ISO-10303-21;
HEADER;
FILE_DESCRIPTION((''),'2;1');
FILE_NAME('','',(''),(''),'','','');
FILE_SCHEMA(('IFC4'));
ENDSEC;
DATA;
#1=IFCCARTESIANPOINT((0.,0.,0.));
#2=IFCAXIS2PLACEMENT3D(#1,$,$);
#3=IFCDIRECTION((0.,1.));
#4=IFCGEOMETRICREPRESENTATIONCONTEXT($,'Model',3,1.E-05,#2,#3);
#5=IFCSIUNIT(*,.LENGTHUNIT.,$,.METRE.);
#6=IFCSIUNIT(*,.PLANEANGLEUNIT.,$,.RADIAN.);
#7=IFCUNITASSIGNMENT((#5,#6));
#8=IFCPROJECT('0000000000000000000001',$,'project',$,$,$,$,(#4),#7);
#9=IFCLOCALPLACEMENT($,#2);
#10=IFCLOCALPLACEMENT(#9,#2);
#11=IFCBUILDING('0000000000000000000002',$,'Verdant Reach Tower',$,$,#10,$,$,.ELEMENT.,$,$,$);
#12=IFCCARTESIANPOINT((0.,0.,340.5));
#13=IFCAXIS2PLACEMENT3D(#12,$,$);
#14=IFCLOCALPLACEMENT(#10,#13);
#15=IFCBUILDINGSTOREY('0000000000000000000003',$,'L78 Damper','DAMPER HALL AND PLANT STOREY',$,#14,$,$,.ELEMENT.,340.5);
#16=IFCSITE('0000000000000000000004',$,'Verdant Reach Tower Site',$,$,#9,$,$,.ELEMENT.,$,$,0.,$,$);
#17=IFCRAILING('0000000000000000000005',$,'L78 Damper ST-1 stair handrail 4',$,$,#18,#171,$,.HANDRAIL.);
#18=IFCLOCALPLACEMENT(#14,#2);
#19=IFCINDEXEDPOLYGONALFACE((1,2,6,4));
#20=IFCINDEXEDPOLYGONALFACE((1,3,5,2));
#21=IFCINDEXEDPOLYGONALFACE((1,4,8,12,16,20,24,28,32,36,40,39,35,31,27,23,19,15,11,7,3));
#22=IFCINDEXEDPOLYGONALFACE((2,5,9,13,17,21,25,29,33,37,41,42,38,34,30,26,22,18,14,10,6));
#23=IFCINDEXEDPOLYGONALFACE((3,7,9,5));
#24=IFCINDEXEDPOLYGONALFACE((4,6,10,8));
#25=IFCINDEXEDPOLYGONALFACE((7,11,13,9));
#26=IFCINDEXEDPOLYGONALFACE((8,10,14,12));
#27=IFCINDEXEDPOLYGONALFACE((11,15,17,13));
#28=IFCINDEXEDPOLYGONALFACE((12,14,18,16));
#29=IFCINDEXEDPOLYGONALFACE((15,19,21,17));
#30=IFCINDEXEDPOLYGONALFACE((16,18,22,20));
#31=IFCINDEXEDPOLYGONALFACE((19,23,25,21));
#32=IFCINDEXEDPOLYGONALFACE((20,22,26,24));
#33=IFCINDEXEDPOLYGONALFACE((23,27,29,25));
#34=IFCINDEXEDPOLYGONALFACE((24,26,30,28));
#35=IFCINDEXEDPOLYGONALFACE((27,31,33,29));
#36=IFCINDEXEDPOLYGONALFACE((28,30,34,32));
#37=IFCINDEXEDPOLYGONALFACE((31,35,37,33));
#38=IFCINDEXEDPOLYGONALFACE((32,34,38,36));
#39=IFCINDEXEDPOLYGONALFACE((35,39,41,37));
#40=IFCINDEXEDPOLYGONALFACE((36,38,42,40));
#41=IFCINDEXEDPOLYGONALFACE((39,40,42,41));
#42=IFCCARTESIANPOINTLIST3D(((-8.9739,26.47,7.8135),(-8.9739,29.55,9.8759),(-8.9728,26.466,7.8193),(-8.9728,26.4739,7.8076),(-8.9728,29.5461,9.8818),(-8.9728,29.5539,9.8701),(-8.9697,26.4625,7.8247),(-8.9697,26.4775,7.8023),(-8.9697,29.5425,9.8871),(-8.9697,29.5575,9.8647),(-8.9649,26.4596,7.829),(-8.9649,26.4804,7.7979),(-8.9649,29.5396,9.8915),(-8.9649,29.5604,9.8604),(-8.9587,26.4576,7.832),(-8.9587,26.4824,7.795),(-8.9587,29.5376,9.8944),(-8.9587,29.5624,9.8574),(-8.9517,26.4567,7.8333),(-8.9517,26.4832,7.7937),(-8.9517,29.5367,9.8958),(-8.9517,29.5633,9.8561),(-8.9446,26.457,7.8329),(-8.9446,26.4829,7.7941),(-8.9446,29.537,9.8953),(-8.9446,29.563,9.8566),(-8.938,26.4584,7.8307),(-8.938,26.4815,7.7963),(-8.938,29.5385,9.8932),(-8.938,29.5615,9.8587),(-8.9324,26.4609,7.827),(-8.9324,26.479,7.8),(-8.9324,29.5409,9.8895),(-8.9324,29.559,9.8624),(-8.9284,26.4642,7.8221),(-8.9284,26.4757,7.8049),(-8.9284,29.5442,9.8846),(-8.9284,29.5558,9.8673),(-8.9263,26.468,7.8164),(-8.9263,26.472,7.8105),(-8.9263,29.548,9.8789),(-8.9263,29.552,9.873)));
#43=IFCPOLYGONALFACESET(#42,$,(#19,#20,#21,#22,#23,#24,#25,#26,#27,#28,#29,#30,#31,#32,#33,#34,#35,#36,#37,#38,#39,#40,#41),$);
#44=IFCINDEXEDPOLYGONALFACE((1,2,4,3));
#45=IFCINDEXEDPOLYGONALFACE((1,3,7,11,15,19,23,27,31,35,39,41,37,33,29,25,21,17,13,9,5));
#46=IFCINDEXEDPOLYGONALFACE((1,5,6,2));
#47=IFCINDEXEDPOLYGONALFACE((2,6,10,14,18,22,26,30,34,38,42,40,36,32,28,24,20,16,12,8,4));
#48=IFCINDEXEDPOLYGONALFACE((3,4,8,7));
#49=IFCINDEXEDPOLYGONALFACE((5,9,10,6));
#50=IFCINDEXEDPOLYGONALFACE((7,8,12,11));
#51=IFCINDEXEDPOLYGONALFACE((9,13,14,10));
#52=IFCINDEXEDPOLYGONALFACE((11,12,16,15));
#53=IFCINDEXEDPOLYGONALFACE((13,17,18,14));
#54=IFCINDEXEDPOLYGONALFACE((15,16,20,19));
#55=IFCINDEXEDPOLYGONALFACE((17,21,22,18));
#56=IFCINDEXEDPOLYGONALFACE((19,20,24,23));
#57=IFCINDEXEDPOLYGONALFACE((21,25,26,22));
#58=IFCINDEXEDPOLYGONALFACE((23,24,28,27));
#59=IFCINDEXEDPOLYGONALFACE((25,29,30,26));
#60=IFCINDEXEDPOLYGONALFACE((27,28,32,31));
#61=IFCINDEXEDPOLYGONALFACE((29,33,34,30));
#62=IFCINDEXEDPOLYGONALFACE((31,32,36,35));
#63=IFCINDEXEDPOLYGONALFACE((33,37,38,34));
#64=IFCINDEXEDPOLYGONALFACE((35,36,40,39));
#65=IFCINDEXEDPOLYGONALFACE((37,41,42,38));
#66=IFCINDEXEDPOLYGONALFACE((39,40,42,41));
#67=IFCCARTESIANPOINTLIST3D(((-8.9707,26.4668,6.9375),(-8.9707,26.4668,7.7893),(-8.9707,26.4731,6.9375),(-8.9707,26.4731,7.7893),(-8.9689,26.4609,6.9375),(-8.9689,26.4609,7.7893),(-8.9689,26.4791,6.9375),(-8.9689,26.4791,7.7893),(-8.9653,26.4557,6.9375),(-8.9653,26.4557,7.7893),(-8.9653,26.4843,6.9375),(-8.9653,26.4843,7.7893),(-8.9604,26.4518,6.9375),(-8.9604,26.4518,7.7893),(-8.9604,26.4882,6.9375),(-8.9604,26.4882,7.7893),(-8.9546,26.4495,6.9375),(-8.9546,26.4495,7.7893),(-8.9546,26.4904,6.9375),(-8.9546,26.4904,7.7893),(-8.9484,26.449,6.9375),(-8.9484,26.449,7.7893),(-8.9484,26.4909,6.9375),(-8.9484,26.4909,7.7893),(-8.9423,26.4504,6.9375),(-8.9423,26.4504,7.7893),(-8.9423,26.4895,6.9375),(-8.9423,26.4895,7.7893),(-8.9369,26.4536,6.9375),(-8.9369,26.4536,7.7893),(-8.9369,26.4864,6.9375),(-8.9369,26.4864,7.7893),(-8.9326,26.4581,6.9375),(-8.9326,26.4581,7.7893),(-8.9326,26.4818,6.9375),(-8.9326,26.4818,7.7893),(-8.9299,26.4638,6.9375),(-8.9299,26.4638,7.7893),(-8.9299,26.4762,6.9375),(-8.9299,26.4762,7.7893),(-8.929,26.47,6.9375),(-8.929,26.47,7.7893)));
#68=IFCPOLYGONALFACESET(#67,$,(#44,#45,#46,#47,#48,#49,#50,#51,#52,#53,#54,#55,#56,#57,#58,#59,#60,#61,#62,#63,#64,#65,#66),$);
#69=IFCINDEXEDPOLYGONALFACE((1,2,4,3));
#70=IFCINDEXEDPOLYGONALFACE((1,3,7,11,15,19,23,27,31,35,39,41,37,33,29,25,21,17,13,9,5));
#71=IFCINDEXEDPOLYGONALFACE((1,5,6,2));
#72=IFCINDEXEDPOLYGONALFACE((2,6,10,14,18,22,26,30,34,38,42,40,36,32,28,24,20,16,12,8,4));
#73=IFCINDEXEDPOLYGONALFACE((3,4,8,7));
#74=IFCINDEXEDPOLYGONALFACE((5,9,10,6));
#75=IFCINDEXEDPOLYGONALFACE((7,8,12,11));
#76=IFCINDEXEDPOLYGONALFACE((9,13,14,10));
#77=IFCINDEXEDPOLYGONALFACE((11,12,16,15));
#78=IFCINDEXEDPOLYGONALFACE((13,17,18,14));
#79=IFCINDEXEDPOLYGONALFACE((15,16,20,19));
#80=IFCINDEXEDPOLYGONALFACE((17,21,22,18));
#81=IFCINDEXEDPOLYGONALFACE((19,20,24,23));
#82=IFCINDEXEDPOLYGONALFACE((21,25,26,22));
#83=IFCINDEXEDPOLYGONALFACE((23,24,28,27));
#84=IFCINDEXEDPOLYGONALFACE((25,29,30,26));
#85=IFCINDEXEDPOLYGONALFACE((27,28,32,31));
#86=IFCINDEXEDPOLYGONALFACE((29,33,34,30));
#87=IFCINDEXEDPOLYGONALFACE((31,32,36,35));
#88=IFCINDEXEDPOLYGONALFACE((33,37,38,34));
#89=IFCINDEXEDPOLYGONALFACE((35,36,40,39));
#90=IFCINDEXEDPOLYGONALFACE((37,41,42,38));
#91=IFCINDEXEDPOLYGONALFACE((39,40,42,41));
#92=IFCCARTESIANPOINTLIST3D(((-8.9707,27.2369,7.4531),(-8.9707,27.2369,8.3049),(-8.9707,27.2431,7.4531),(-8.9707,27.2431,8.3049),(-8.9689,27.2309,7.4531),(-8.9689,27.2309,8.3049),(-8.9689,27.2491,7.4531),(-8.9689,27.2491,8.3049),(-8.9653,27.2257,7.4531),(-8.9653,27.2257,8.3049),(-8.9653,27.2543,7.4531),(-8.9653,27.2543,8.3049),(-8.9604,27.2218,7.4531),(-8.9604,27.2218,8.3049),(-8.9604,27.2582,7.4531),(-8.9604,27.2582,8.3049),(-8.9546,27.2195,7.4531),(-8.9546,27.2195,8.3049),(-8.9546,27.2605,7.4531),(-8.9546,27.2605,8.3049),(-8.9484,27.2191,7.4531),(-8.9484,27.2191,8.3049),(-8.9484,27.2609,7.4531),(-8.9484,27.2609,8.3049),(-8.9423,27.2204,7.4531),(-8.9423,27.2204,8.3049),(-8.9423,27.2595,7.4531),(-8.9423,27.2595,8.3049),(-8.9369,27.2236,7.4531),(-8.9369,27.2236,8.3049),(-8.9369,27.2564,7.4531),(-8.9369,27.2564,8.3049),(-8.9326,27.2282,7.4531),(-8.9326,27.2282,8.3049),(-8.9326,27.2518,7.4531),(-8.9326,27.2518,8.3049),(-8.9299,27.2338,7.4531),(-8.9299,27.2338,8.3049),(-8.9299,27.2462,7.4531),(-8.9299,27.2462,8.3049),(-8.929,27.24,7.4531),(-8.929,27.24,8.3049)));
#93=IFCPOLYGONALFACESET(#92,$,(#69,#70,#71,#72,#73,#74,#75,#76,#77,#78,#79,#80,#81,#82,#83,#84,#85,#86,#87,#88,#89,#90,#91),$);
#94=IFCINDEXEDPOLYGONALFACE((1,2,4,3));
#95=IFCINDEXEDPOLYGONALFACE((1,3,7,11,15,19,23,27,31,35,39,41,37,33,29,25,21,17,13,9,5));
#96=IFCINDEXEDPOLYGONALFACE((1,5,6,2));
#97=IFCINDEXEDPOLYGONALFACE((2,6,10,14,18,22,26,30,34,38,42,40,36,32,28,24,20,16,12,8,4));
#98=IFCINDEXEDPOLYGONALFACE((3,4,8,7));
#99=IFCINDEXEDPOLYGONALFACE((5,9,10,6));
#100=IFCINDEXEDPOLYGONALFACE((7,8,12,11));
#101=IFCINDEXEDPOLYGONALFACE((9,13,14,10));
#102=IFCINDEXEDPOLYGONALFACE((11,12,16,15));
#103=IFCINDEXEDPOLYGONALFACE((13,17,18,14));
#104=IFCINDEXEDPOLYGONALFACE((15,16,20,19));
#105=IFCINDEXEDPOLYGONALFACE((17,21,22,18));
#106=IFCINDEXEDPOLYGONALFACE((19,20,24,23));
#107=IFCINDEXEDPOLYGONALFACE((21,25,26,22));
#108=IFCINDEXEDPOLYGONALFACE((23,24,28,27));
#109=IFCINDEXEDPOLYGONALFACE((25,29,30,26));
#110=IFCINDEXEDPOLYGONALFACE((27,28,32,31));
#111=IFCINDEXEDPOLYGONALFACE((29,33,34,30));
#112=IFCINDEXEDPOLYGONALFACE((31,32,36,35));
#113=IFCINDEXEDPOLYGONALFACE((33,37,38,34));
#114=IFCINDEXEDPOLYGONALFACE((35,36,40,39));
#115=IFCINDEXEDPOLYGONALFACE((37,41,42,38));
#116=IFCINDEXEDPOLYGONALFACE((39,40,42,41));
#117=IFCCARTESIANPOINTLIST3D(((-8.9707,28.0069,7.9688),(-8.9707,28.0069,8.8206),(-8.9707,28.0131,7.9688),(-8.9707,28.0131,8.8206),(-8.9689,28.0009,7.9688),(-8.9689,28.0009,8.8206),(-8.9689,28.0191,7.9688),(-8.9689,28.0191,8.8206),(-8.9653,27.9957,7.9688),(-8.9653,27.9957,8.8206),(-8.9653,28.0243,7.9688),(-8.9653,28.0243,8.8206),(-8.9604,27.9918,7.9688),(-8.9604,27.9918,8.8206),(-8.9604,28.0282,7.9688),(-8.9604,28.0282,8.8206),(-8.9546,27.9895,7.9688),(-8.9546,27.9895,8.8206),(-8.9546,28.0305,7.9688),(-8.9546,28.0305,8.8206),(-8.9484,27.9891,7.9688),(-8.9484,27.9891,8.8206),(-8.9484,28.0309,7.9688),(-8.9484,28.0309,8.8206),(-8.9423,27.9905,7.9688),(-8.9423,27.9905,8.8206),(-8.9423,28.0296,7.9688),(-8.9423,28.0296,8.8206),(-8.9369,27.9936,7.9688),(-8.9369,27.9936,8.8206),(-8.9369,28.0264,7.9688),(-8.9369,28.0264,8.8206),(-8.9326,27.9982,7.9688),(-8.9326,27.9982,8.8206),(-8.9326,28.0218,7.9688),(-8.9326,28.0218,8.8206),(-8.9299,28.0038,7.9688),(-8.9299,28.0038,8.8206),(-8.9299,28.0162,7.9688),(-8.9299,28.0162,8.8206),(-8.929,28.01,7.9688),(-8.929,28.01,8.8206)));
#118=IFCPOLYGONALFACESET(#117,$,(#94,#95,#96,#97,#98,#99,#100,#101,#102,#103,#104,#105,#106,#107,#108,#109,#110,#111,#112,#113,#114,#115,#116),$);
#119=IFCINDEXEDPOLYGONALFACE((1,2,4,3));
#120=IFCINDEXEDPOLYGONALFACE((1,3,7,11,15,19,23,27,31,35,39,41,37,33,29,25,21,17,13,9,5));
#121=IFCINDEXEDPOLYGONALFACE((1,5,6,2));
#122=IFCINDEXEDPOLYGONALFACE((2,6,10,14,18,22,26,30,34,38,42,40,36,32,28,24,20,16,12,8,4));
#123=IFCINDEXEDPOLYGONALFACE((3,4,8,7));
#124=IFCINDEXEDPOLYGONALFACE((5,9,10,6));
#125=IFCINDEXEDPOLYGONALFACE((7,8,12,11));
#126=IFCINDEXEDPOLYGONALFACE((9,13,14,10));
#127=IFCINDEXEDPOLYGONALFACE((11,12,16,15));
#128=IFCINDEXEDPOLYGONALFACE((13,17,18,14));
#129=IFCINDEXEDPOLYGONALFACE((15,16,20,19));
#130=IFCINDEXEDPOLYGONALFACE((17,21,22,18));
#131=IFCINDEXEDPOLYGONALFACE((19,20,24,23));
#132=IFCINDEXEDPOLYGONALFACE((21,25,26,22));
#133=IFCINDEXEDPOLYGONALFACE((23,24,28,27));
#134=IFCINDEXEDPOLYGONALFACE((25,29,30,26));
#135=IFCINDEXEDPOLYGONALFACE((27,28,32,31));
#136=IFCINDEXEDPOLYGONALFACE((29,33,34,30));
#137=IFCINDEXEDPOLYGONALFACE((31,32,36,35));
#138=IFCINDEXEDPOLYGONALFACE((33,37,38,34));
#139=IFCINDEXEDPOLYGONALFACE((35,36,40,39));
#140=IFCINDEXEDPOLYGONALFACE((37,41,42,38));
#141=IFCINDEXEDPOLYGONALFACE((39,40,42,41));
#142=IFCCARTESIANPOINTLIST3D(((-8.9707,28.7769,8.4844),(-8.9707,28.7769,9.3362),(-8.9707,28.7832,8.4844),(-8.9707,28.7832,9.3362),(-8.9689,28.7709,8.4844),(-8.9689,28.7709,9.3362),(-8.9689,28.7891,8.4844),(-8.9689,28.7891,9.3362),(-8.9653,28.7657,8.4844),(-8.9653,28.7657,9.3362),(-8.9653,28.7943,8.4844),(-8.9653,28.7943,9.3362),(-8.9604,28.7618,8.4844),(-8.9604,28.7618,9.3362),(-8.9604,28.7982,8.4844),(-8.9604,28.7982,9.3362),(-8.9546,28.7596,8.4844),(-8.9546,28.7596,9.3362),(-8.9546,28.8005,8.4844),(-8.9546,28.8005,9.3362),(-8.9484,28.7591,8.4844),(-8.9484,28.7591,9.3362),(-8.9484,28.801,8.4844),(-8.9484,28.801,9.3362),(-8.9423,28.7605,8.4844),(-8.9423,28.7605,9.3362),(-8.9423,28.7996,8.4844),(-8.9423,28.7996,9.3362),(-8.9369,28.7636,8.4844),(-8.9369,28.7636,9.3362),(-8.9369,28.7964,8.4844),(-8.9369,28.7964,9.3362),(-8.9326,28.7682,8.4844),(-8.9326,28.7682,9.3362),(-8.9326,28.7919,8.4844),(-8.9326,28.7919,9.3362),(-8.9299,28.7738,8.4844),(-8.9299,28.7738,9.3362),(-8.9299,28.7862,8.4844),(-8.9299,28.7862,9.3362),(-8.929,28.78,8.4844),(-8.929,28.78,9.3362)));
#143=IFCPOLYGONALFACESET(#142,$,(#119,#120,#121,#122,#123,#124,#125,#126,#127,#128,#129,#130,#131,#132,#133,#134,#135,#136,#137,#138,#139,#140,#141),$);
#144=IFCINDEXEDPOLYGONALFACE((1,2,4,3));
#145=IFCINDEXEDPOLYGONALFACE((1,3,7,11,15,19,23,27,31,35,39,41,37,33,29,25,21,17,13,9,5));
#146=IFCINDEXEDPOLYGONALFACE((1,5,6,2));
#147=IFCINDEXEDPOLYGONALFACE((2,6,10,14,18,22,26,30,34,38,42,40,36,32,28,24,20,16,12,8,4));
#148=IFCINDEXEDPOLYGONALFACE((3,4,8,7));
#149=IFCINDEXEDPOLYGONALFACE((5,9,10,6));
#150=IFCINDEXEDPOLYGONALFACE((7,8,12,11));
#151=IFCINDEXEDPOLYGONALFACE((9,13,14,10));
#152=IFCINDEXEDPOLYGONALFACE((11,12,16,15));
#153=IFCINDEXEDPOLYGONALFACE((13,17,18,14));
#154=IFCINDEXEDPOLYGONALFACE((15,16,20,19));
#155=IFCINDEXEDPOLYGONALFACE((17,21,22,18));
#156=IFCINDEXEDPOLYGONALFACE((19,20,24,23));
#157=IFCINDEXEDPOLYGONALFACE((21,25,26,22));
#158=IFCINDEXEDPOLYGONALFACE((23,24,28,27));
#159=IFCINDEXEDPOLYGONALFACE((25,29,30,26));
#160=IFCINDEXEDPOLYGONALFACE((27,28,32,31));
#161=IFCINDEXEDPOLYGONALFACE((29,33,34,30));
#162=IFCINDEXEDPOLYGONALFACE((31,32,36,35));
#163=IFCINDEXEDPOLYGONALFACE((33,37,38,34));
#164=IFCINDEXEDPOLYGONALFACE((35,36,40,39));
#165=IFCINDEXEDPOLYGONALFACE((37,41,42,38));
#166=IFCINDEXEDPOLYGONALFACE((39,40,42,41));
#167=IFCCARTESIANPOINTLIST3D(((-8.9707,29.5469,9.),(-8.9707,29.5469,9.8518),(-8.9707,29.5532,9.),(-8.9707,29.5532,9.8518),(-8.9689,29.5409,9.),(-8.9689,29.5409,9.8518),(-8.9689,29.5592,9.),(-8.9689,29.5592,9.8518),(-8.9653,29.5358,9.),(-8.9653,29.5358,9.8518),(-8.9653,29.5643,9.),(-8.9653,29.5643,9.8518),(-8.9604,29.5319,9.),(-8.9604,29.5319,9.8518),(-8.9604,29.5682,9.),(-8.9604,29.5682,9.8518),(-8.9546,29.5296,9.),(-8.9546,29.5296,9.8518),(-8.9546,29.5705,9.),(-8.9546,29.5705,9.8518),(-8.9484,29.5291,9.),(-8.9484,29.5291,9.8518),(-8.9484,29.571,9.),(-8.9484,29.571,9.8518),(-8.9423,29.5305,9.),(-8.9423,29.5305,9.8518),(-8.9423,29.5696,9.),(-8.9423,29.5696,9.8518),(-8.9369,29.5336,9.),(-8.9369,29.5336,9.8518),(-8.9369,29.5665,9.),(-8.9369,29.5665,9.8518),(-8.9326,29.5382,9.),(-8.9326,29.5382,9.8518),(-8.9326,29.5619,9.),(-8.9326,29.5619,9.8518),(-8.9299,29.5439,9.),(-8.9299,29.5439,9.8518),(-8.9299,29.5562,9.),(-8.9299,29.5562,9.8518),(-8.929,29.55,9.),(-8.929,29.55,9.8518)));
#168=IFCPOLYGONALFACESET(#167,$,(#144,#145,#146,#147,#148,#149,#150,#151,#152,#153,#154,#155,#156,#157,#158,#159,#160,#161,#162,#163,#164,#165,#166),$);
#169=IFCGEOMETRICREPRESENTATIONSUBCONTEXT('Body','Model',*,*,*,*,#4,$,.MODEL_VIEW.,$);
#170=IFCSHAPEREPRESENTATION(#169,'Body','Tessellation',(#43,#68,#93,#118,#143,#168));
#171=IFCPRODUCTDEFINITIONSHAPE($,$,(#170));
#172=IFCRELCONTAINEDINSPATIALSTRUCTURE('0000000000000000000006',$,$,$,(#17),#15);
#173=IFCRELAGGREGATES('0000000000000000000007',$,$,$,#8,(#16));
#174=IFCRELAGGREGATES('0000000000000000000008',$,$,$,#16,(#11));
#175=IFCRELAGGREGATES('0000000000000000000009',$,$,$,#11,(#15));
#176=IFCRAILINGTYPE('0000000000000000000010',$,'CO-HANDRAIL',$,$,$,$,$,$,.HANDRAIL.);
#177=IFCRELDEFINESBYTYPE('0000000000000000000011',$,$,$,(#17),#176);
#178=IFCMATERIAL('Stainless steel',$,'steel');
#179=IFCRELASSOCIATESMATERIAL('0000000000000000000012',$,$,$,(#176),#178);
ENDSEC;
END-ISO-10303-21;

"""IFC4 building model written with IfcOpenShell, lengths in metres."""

from ifc_helpers import new_model, si_unit, direction, frame, origin, origin_2d, place, context, subcontext, project, spatial, circle, extrude, material, type_object, element, save


model = new_model("IFC4")

# Units and contexts
model_context = context("Model", 3, precision=1e-05, world=origin(), true_north=direction((0.0, 1.0)))
body_context = subcontext(model_context, "Body", "Model", "MODEL_VIEW")
ifc_project = project(units=[si_unit("LENGTHUNIT", "METRE"), si_unit("PLANEANGLEUNIT", "RADIAN")], contexts=[model_context])

# Site, building, storey
site_placement = place(None, origin())
site = spatial("IfcSite", under=ifc_project, at=site_placement, Name="Verdant Reach Tower Site", CompositionType="ELEMENT", RefElevation=0.0)
building_placement = place(site_placement, origin())
building = spatial("IfcBuilding", under=site, at=building_placement, Name="Verdant Reach Tower", CompositionType="ELEMENT")
storey_placement = place(building_placement, frame((0.0, 0.0, 340.5)))
storey = spatial("IfcBuildingStorey", under=building, at=storey_placement, Name="L78 Damper", Description="DAMPER HALL AND PLANT STOREY", CompositionType="ELEMENT", Elevation=340.5)

# Shared definitions
ifc_material_1 = material(Name="Stainless steel", Category="steel")

# Railing
railing_type_1 = type_object("IfcRailingType", Name="CO-HANDRAIL", PredefinedType="HANDRAIL", material=ifc_material_1)
railing_1_placement = place(storey_placement, frame((-8.95, 26.47, 6.9375)))
element("IfcRailing", 1, at=railing_1_placement, inside=storey, type_object=railing_type_1, Name="L78 Damper ST-1 stair handrail 4", PredefinedType="HANDRAIL", context=body_context, shape_type="SweptSolid", body=[
    extrude(circle(Radius=0.0239, at=origin_2d()), frame((0.0, 0.0, 0.876), z_axis=(0.0, 0.830914, 0.556401), x_axis=(-1.0, 0.0, 0.0)), (0.0, 0.0, 1.0), 3.7068),
    extrude(circle(Radius=0.021, at=origin_2d()), origin(), (0.0, 0.0, 1.0), 0.8518),
    extrude(circle(Radius=0.021, at=origin_2d()), frame((0.0, 0.77, 0.5156)), (0.0, 0.0, 1.0), 0.8518),
    extrude(circle(Radius=0.021, at=origin_2d()), frame((0.0, 1.54, 1.0312)), (0.0, 0.0, 1.0), 0.8518),
    extrude(circle(Radius=0.021, at=origin_2d()), frame((0.0, 2.3101, 1.5469)), (0.0, 0.0, 1.0), 0.8518),
    extrude(circle(Radius=0.021, at=origin_2d()), frame((0.0, 3.0801, 2.0625)), (0.0, 0.0, 1.0), 0.8518),
])

save(model, "model.ifc")
